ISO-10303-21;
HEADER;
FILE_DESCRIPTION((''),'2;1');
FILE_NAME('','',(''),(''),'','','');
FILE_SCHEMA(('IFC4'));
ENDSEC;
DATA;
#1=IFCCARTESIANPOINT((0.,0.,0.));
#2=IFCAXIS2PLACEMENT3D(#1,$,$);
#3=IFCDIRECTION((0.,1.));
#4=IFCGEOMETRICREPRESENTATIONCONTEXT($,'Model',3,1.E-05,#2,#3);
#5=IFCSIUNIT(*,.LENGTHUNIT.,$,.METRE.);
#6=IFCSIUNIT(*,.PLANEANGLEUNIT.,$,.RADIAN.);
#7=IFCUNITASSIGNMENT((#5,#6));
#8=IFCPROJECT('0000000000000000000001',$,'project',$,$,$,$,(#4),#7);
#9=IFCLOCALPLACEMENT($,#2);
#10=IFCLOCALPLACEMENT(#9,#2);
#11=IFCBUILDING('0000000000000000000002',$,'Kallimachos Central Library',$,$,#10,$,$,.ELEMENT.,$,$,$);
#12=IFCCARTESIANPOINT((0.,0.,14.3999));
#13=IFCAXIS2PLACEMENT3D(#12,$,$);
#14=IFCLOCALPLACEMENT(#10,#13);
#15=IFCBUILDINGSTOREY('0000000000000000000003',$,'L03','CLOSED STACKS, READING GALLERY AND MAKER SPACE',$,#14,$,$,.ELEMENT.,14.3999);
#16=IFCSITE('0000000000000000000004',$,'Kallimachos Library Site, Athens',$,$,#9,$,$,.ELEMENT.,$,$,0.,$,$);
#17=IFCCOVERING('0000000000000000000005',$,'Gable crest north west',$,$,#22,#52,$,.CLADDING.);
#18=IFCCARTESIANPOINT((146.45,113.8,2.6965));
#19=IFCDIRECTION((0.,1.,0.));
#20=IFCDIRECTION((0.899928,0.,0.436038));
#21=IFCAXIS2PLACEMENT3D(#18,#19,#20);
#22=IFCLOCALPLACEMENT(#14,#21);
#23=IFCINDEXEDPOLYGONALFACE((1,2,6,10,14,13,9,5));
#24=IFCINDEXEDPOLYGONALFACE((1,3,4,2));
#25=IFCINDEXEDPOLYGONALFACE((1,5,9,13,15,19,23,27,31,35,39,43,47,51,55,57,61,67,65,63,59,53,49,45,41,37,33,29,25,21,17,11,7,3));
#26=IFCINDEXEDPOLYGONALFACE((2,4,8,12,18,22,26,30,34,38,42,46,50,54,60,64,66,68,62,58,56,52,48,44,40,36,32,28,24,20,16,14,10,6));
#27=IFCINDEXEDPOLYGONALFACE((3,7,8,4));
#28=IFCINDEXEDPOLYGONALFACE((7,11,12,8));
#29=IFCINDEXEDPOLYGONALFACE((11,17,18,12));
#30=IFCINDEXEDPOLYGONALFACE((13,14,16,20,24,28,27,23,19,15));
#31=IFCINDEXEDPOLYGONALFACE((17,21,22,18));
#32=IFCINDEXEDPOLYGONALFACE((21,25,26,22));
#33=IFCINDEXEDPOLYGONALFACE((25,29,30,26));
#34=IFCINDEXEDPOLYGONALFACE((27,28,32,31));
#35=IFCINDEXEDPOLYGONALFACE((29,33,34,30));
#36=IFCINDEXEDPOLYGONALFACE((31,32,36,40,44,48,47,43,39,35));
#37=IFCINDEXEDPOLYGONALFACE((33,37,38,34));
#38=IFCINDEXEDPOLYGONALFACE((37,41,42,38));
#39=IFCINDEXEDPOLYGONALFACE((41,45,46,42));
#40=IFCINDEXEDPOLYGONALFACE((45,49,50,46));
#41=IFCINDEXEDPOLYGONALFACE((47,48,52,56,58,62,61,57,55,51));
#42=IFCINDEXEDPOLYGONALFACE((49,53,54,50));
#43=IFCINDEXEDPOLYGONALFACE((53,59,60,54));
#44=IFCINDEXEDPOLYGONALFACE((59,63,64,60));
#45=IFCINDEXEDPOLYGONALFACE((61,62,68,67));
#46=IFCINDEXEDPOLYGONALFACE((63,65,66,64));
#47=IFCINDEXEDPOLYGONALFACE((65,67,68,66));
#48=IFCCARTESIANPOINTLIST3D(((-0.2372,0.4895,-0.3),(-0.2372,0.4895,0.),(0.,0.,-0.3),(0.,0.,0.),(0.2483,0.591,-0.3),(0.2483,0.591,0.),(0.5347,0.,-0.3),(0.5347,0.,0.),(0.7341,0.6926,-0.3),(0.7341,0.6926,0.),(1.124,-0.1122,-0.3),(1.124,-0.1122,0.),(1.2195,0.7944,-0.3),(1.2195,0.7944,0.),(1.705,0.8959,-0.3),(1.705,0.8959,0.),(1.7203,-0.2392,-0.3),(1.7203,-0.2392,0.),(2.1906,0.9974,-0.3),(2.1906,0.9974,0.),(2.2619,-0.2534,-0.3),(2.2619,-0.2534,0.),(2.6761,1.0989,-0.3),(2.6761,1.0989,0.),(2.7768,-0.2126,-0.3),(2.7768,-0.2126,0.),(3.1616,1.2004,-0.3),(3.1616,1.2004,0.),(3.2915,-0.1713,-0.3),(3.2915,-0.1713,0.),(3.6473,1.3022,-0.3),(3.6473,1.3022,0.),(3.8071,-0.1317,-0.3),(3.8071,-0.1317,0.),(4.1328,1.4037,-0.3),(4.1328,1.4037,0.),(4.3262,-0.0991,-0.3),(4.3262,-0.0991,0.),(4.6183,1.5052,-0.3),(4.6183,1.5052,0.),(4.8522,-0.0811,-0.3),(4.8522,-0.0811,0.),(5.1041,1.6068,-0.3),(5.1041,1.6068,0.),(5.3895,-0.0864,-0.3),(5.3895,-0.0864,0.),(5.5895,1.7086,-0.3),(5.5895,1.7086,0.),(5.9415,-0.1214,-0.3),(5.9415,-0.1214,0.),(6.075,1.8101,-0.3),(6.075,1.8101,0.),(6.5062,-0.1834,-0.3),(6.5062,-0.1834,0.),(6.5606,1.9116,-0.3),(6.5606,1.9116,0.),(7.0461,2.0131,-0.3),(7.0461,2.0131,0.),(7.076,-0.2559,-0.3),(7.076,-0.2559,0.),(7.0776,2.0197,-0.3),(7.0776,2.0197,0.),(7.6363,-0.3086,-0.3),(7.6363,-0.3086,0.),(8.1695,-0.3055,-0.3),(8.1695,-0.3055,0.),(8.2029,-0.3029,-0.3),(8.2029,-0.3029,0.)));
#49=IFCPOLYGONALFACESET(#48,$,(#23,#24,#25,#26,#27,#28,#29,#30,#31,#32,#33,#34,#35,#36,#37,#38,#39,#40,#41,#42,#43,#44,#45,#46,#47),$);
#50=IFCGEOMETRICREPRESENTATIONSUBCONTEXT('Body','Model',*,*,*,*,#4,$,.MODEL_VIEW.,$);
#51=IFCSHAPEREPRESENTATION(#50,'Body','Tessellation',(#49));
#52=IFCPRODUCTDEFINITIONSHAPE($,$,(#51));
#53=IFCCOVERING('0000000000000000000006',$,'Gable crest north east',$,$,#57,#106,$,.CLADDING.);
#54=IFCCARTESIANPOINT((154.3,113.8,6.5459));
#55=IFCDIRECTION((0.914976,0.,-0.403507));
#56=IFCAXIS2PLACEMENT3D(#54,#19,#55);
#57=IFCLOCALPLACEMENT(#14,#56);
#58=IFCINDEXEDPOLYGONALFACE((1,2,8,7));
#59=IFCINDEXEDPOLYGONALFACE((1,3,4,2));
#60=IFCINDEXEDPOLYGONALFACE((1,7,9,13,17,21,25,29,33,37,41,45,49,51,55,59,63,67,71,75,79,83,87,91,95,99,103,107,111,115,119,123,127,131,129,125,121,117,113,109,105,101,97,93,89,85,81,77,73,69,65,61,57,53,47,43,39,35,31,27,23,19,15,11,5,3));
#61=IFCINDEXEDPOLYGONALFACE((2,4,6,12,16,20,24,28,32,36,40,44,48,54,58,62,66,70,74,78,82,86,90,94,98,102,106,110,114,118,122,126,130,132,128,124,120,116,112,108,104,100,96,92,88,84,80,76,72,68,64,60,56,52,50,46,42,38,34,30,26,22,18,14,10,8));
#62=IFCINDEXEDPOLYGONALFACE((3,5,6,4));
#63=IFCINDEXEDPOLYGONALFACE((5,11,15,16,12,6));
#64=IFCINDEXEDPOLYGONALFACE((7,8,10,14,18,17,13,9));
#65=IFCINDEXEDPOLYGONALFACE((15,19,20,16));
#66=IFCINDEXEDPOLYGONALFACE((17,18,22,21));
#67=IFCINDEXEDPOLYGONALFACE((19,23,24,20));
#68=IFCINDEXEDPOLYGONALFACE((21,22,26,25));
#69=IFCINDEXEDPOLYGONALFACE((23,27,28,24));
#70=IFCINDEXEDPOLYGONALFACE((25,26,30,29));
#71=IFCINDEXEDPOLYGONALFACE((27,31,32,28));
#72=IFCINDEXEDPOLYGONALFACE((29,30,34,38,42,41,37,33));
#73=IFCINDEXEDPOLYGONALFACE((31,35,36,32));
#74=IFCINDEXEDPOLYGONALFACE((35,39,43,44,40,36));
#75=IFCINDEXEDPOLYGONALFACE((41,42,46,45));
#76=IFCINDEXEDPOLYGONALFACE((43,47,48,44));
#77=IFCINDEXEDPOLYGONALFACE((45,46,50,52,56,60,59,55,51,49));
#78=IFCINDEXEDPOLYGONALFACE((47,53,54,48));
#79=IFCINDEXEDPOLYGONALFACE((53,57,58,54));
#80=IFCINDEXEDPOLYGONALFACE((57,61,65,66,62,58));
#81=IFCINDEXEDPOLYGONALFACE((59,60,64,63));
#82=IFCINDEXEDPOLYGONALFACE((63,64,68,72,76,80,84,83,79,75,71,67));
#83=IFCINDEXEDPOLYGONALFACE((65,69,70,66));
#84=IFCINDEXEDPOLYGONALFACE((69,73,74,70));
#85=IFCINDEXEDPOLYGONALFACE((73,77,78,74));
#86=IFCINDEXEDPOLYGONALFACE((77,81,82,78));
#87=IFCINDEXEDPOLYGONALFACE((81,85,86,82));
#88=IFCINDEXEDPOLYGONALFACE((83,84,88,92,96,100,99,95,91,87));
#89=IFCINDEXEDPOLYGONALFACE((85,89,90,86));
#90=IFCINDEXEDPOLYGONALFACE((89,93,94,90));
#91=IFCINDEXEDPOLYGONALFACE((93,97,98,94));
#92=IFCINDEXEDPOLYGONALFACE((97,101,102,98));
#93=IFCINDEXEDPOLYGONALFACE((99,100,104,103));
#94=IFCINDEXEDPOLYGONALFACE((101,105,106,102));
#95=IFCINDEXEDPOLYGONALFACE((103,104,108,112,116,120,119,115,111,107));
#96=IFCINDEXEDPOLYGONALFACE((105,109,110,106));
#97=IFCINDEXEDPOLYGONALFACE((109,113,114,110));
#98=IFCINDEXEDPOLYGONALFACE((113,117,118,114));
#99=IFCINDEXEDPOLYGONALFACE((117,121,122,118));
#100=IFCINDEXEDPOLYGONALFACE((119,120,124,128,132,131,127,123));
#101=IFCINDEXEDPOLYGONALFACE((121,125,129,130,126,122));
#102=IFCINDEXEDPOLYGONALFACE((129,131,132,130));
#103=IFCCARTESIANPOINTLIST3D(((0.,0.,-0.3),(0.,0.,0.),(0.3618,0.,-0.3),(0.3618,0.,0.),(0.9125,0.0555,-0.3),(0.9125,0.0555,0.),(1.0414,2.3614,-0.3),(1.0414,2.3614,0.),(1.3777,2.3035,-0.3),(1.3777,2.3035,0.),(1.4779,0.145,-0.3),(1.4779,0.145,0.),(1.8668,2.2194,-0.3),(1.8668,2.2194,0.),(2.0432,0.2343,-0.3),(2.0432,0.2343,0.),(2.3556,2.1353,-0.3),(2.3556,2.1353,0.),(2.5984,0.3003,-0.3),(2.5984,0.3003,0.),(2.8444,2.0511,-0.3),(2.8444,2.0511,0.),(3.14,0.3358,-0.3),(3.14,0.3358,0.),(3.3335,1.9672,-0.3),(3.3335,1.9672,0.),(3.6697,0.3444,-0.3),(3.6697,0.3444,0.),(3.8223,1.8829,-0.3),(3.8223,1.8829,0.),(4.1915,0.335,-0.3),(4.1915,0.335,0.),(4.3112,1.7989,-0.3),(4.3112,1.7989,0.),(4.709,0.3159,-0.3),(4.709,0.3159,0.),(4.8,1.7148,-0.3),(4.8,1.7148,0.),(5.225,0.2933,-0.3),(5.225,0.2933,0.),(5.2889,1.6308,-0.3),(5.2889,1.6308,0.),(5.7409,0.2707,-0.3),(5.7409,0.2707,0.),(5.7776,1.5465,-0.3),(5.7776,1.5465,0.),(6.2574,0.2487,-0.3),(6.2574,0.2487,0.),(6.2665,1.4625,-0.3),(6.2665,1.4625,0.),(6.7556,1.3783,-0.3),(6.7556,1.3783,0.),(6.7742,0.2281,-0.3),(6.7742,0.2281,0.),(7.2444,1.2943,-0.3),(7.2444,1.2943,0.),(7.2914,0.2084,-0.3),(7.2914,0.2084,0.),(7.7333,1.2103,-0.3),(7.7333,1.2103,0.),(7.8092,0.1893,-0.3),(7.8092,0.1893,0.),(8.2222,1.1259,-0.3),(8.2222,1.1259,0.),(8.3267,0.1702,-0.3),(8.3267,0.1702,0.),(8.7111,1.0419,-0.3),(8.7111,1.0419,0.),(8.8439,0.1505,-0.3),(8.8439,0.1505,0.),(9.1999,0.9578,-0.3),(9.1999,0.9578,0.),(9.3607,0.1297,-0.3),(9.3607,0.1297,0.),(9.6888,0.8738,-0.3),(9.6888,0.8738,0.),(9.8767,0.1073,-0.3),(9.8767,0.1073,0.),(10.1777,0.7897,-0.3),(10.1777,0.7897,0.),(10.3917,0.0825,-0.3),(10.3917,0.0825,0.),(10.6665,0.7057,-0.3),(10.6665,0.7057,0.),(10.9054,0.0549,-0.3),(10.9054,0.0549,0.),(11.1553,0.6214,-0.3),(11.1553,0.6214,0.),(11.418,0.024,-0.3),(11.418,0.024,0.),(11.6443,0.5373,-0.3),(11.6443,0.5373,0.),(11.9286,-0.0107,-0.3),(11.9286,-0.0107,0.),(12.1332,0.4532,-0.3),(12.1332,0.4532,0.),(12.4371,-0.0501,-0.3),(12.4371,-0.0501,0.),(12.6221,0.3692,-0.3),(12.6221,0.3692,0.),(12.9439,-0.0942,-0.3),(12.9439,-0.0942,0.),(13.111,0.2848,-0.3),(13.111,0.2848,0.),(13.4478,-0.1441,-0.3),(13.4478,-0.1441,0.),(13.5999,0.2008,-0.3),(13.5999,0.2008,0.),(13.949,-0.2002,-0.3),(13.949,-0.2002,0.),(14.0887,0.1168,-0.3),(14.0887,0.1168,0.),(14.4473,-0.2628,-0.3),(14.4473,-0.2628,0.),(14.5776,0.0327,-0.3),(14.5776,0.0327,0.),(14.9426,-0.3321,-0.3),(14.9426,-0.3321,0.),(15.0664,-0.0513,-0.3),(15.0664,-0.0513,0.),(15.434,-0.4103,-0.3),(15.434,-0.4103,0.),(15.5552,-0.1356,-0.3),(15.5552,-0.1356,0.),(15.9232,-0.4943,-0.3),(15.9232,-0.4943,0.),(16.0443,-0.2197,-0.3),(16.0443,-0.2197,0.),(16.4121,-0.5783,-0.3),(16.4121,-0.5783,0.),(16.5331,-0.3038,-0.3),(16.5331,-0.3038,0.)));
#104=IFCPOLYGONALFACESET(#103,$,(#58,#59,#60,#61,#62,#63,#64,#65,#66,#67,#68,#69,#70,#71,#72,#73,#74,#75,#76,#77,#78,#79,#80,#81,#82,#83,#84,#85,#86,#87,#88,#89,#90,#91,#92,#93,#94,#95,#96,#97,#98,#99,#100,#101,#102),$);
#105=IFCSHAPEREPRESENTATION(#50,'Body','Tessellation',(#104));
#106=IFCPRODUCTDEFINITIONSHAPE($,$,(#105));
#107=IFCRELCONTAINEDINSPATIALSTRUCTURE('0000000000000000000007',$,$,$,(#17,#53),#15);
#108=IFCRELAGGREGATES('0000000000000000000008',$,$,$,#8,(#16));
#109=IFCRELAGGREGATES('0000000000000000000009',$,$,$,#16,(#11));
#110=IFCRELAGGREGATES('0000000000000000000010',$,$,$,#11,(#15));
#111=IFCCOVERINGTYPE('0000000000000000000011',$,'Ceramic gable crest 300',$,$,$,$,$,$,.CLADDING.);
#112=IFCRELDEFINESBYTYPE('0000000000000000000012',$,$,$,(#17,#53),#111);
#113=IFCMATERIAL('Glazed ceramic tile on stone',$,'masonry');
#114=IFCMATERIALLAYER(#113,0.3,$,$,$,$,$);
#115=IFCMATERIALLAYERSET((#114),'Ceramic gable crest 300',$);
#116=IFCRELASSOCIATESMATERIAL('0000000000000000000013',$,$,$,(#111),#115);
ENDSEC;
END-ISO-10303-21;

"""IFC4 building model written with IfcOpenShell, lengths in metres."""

from ifc_helpers import new_model, si_unit, direction, frame, origin, place, context, subcontext, project, spatial, polyline, outline, extrude, material, layer, layer_set, type_object, element, save


model = new_model("IFC4")

# Units and contexts
model_context = context("Model", 3, precision=1e-05, world=origin(), true_north=direction((0.0, 1.0)))
body_context = subcontext(model_context, "Body", "Model", "MODEL_VIEW")
ifc_project = project(units=[si_unit("LENGTHUNIT", "METRE"), si_unit("PLANEANGLEUNIT", "RADIAN")], contexts=[model_context])

# Site, building, storey
site_placement = place(None, origin())
site = spatial("IfcSite", under=ifc_project, at=site_placement, Name="Kallimachos Library Site, Athens", CompositionType="ELEMENT", RefElevation=0.0)
building_placement = place(site_placement, origin())
building = spatial("IfcBuilding", under=site, at=building_placement, Name="Kallimachos Central Library", CompositionType="ELEMENT")
storey_placement = place(building_placement, frame((0.0, 0.0, 14.3999)))
storey = spatial("IfcBuildingStorey", under=building, at=storey_placement, Name="L03", Description="CLOSED STACKS, READING GALLERY AND MAKER SPACE", CompositionType="ELEMENT", Elevation=14.3999)

# Coverings
ifc_material_1 = material(Name="Glazed ceramic tile on stone", Category="masonry")
ifc_layer_1 = layer(ifc_material_1, 0.3)
ifc_layer_set_1 = layer_set([ifc_layer_1], Name="Ceramic gable crest 300")
covering_type_1 = type_object("IfcCoveringType", Name="Ceramic gable crest 300", PredefinedType="CLADDING", material=ifc_layer_set_1)
covering_1_placement = place(storey_placement, frame((146.45, 113.8, 2.6965), z_axis=(0.0, 1.0, 0.0), x_axis=(0.899928, 0.0, 0.436038)))
element("IfcCovering", 1, at=covering_1_placement, inside=storey, type_object=covering_type_1, Name="Gable crest north west", PredefinedType="CLADDING", context=body_context, shape_type="SweptSolid", body=[
    extrude(outline(polyline([(0.0, 0.0), (0.5347, 0.0), (1.124, -0.1122), (1.7203, -0.2392), (2.2619, -0.2534), (2.7768, -0.2126), (3.2915, -0.1713), (3.8071, -0.1317), (4.3262, -0.0991), (4.8522, -0.0811), (5.3895, -0.0864), (5.9415, -0.1214), (6.5062, -0.1834), (7.076, -0.2559), (7.6363, -0.3086), (8.1695, -0.3055), (8.2029, -0.3029), (7.0776, 2.0197), (7.0461, 2.0131), (6.5606, 1.9116), (6.075, 1.8101), (5.5895, 1.7086), (5.1041, 1.6068), (4.6183, 1.5052), (4.1328, 1.4037), (3.6473, 1.3022), (3.1616, 1.2004), (2.6761, 1.0989), (2.1906, 0.9974), (1.705, 0.8959), (1.2195, 0.7944), (0.7341, 0.6926), (0.2483, 0.591), (-0.2372, 0.4895), (0.0, 0.0)])), origin(), (0.0, 0.0, -1.0), 0.3),
])
covering_2_placement = place(storey_placement, frame((154.3, 113.8, 6.5459), z_axis=(0.0, 1.0, 0.0), x_axis=(0.914976, 0.0, -0.403507)))
element("IfcCovering", 2, at=covering_2_placement, inside=storey, type_object=covering_type_1, Name="Gable crest north east", PredefinedType="CLADDING", context=body_context, shape_type="SweptSolid", body=[
    extrude(outline(polyline([(0.0, 0.0), (0.3618, 0.0), (0.9125, 0.0555), (1.4779, 0.145), (2.0432, 0.2343), (2.5984, 0.3003), (3.14, 0.3358), (3.6697, 0.3444), (4.1915, 0.335), (4.709, 0.3159), (5.225, 0.2933), (5.7409, 0.2707), (6.2574, 0.2487), (6.7742, 0.2281), (7.2914, 0.2084), (7.8092, 0.1893), (8.3267, 0.1702), (8.8439, 0.1505), (9.3607, 0.1297), (9.8767, 0.1073), (10.3917, 0.0825), (10.9054, 0.0549), (11.418, 0.024), (11.9286, -0.0107), (12.4371, -0.0501), (12.9439, -0.0942), (13.4478, -0.1441), (13.949, -0.2002), (14.4473, -0.2628), (14.9426, -0.3321), (15.434, -0.4103), (15.9232, -0.4943), (16.4121, -0.5783), (16.5331, -0.3038), (16.0443, -0.2197), (15.5552, -0.1356), (15.0664, -0.0513), (14.5776, 0.0327), (14.0887, 0.1168), (13.5999, 0.2008), (13.111, 0.2848), (12.6221, 0.3692), (12.1332, 0.4532), (11.6443, 0.5373), (11.1553, 0.6214), (10.6665, 0.7057), (10.1777, 0.7897), (9.6888, 0.8738), (9.1999, 0.9578), (8.7111, 1.0419), (8.2222, 1.1259), (7.7333, 1.2103), (7.2444, 1.2943), (6.7556, 1.3783), (6.2665, 1.4625), (5.7776, 1.5465), (5.2889, 1.6308), (4.8, 1.7148), (4.3112, 1.7989), (3.8223, 1.8829), (3.3335, 1.9672), (2.8444, 2.0511), (2.3556, 2.1353), (1.8668, 2.2194), (1.3777, 2.3035), (1.0414, 2.3614), (0.0, 0.0)])), origin(), (0.0, 0.0, -1.0), 0.3),
])

save(model, "model.ifc")
